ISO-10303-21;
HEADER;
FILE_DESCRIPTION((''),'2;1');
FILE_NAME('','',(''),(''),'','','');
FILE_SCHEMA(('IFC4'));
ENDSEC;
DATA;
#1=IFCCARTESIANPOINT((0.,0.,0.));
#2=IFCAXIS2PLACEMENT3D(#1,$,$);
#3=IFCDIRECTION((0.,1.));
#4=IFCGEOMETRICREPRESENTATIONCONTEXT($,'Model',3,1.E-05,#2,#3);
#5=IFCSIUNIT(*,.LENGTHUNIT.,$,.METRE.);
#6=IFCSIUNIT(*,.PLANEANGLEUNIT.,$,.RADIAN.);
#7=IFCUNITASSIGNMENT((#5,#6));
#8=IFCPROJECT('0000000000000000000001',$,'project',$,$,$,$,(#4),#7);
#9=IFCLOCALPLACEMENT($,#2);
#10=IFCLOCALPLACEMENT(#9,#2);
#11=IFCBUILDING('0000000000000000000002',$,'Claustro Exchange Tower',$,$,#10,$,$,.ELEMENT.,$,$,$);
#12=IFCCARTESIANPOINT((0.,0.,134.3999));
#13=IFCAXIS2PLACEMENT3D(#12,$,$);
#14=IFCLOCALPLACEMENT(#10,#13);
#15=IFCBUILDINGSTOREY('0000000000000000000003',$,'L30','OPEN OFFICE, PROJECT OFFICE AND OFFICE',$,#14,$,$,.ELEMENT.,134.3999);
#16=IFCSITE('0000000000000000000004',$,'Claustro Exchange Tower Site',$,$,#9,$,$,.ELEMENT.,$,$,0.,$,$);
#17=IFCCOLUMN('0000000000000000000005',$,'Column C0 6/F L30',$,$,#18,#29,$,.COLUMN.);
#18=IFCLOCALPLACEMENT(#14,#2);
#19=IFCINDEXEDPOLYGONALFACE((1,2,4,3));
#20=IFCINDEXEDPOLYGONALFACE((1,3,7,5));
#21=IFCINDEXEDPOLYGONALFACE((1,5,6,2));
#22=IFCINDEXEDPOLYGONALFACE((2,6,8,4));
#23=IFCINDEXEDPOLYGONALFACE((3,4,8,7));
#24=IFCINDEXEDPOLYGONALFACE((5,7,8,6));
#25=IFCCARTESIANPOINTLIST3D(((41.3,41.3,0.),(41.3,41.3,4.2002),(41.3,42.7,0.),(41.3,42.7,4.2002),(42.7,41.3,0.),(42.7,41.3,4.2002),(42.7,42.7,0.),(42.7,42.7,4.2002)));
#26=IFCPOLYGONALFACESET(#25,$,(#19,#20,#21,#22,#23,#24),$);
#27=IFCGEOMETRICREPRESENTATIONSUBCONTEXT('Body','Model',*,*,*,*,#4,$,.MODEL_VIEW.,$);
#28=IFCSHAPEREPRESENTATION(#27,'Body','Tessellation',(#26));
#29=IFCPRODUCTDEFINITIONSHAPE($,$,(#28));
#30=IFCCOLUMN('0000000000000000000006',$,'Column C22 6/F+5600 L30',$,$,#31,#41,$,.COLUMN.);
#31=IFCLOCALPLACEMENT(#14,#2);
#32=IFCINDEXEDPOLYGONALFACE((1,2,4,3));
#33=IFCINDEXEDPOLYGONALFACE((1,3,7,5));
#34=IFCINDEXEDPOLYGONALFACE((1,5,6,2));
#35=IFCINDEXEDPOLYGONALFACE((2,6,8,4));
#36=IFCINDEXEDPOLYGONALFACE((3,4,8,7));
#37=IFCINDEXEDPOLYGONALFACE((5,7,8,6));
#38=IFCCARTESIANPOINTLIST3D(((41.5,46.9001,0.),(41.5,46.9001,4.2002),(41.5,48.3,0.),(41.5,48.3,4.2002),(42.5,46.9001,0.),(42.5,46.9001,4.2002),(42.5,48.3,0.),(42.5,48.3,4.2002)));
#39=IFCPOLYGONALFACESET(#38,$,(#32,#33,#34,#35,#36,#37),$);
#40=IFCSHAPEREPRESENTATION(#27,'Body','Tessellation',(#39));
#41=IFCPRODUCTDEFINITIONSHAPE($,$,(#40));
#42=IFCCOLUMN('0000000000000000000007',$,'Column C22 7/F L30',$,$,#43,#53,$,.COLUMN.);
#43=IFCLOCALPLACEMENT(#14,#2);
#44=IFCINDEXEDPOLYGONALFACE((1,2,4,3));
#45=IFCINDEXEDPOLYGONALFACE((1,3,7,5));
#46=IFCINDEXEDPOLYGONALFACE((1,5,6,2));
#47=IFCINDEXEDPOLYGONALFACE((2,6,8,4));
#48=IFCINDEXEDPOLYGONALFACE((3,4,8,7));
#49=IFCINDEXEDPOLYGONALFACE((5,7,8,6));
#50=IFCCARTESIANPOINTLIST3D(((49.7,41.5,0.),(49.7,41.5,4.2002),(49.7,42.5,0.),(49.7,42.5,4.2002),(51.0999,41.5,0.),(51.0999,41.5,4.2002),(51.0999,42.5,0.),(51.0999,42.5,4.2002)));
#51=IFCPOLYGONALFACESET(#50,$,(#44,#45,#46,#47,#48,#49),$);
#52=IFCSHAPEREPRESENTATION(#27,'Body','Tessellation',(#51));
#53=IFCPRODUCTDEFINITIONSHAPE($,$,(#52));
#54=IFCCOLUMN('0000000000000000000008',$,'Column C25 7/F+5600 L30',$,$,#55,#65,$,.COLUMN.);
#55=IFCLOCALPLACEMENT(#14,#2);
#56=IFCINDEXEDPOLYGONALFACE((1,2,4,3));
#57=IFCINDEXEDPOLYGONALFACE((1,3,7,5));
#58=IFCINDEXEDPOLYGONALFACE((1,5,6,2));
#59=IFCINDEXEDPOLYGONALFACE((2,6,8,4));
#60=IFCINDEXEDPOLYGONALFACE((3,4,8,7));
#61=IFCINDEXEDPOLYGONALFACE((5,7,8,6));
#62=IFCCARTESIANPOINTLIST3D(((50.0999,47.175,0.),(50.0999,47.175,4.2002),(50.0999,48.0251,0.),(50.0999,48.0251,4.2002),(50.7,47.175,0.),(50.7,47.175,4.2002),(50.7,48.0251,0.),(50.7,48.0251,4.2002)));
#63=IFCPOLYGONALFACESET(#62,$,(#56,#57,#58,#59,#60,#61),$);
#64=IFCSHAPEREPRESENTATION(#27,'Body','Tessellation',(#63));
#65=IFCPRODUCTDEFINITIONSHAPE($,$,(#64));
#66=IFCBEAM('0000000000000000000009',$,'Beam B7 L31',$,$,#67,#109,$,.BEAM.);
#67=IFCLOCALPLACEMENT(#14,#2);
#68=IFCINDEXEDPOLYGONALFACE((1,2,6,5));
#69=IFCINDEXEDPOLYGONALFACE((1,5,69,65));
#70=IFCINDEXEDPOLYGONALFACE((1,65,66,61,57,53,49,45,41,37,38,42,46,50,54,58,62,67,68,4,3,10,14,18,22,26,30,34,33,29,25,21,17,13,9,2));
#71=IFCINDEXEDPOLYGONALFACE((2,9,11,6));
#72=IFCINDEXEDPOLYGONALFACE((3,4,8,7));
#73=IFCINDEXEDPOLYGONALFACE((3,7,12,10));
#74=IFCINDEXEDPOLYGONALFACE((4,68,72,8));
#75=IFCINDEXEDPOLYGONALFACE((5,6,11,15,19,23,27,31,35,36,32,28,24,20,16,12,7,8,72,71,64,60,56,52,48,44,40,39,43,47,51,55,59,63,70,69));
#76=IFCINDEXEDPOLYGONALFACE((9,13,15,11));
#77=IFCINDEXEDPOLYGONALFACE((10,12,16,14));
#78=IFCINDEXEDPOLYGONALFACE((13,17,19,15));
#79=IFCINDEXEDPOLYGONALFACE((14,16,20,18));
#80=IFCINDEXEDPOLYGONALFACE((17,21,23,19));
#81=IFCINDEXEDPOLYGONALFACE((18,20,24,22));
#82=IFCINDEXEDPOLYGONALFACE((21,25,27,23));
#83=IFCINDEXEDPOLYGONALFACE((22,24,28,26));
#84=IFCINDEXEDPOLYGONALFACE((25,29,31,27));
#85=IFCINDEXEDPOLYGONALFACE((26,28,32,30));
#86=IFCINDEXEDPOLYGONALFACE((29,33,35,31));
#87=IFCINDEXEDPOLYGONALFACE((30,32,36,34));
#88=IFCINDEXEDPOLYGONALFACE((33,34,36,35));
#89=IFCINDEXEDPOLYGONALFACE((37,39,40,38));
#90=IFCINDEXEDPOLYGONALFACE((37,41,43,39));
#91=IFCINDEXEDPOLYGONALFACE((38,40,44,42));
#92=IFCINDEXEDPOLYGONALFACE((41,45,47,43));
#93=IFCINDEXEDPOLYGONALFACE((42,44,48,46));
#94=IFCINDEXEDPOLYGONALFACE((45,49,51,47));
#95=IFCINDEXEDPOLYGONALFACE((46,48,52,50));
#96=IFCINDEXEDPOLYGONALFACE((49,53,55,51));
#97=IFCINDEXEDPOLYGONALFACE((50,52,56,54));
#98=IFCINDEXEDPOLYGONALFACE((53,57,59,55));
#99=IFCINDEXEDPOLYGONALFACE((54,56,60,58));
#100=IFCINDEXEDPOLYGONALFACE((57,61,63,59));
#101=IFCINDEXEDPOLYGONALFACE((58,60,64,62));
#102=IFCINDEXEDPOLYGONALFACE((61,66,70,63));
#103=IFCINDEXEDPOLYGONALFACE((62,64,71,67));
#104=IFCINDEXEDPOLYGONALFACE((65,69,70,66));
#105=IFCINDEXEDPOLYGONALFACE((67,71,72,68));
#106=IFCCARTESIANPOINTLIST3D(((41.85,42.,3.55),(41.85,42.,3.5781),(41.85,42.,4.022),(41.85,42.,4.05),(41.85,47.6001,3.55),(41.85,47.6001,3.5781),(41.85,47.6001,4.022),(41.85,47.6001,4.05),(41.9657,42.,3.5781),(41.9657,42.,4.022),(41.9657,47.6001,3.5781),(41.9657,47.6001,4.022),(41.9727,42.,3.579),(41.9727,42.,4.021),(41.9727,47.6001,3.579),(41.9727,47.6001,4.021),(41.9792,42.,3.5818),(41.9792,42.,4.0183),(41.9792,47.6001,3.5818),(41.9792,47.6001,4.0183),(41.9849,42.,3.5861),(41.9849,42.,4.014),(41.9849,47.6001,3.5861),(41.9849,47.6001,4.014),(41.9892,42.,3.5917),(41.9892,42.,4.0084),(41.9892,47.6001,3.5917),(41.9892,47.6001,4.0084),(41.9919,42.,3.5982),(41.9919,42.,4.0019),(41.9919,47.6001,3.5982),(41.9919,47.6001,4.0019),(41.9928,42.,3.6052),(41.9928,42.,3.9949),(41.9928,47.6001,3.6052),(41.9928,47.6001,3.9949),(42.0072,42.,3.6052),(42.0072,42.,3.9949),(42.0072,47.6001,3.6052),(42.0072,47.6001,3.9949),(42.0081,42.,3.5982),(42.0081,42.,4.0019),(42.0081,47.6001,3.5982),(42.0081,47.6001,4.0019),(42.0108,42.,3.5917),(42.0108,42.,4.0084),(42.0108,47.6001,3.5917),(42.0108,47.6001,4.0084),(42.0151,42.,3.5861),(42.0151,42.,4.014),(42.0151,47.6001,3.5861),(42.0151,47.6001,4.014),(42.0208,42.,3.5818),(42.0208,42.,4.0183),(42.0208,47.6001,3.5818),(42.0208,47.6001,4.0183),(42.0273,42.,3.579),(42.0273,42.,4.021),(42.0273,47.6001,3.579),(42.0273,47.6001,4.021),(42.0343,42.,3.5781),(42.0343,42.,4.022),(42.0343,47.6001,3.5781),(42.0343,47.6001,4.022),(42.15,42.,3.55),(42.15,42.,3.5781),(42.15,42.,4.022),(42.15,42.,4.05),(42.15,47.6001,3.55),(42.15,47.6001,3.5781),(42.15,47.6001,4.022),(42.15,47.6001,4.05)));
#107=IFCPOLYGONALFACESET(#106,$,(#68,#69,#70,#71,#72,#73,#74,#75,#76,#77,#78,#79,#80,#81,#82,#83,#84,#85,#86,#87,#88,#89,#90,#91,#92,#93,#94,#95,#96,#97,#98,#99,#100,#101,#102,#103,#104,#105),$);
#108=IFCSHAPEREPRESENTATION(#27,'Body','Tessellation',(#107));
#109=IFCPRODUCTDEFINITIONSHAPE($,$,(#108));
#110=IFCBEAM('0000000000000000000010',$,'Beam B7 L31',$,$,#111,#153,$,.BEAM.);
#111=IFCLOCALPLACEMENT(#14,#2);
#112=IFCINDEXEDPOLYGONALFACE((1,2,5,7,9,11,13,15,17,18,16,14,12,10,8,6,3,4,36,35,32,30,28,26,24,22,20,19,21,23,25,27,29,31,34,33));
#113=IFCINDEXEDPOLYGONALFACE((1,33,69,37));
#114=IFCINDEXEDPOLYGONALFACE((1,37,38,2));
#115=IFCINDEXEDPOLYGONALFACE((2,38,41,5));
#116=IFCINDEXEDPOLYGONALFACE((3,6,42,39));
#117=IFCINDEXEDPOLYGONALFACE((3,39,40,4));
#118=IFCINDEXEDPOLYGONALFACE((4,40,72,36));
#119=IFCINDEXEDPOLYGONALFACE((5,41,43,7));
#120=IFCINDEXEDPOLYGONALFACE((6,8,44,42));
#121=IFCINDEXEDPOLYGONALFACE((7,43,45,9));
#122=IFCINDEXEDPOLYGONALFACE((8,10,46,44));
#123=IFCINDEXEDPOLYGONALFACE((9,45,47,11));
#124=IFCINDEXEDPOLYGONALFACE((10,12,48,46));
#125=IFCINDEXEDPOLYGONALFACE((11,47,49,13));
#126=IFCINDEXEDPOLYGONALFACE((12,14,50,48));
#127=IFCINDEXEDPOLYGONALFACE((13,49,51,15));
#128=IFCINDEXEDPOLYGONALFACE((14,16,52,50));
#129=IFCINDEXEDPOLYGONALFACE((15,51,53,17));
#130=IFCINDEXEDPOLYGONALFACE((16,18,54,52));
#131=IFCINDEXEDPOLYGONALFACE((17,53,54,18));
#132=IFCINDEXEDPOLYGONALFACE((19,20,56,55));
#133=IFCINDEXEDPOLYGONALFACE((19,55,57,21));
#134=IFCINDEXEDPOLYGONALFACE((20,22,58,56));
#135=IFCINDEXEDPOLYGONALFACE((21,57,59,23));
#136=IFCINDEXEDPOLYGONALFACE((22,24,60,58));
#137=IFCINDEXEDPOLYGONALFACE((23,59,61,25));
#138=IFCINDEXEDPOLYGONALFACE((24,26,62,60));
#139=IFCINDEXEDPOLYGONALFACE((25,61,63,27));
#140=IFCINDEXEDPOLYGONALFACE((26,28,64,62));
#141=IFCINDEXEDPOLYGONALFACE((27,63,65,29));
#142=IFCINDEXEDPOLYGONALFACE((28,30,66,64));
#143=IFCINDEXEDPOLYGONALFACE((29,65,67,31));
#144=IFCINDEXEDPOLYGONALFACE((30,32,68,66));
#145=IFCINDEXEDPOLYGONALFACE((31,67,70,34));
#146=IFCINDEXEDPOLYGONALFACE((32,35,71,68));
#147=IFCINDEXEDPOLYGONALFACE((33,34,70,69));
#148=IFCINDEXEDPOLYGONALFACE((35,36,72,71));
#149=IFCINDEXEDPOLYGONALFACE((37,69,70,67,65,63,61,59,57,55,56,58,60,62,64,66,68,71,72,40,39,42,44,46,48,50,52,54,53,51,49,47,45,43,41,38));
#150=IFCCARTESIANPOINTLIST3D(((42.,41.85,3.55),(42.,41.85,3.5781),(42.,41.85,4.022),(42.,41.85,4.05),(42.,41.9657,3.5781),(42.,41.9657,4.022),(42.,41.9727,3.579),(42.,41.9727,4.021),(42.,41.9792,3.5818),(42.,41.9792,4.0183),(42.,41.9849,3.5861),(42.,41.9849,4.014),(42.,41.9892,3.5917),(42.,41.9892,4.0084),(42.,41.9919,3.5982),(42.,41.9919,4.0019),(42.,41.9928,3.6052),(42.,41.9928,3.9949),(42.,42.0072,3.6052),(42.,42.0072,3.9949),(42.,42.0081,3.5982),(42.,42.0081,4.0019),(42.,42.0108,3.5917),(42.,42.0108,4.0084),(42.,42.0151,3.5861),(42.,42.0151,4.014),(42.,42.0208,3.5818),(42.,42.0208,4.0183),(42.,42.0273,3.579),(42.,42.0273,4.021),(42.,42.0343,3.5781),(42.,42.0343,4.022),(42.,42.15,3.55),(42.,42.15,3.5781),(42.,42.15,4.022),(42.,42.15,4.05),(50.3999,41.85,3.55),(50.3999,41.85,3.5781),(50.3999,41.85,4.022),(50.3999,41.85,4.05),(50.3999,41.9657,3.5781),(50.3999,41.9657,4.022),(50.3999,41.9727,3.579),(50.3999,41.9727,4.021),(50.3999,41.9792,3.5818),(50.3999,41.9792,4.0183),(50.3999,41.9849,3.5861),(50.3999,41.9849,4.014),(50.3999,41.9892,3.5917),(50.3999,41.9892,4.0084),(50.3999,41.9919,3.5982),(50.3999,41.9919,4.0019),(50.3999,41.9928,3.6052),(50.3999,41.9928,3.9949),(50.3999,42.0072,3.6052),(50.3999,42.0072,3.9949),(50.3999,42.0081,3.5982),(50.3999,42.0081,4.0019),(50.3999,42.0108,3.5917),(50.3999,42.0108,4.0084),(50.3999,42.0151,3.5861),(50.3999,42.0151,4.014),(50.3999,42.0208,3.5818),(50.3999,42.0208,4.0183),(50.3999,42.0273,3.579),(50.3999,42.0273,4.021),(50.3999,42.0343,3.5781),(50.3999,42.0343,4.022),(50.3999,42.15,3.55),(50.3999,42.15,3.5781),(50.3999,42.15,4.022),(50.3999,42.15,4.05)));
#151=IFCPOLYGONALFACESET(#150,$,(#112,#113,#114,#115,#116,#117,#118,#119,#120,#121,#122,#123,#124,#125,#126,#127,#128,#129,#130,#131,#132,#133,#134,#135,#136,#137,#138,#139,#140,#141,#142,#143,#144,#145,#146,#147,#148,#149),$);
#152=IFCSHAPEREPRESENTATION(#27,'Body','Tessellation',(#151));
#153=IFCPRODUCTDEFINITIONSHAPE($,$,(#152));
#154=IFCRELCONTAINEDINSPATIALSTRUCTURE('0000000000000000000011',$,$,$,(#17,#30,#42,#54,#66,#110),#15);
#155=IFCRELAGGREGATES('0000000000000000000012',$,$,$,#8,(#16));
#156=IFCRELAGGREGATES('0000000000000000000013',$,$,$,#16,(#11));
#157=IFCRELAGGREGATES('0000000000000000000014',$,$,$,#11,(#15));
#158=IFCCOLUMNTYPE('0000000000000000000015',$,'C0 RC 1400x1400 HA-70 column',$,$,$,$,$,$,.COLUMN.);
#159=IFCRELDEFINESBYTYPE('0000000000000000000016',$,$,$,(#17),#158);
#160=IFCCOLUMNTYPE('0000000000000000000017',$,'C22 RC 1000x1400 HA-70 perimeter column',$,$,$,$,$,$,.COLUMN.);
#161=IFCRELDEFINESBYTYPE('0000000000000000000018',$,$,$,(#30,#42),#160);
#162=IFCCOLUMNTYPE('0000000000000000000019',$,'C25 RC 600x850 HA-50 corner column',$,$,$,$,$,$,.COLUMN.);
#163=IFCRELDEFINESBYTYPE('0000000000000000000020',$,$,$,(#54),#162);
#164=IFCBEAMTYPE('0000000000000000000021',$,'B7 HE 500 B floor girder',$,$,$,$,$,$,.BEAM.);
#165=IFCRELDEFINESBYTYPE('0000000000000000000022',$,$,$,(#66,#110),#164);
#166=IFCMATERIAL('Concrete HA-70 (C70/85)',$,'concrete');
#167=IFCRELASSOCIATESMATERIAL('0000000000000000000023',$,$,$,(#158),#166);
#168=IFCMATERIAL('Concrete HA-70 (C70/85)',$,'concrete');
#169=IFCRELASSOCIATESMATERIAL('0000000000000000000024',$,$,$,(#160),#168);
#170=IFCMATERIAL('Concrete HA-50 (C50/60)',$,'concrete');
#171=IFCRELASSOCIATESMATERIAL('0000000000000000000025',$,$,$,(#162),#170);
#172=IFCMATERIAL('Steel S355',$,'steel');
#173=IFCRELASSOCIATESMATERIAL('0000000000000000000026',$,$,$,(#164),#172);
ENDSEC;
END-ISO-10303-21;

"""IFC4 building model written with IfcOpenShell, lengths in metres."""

from ifc_helpers import new_model, si_unit, direction, frame, origin, origin_2d, place, context, subcontext, project, spatial, rectangle, i_section, extrude, material, material_profile, profile_set, type_object, element, save


model = new_model("IFC4")

# Units and contexts
model_context = context("Model", 3, precision=1e-05, world=origin(), true_north=direction((0.0, 1.0)))
body_context = subcontext(model_context, "Body", "Model", "MODEL_VIEW")
ifc_project = project(units=[si_unit("LENGTHUNIT", "METRE"), si_unit("PLANEANGLEUNIT", "RADIAN")], contexts=[model_context])

# Site, building, storey
site_placement = place(None, origin())
site = spatial("IfcSite", under=ifc_project, at=site_placement, Name="Claustro Exchange Tower Site", CompositionType="ELEMENT", RefElevation=0.0)
building_placement = place(site_placement, origin())
building = spatial("IfcBuilding", under=site, at=building_placement, Name="Claustro Exchange Tower", CompositionType="ELEMENT")
storey_placement = place(building_placement, frame((0.0, 0.0, 134.3999)))
storey = spatial("IfcBuildingStorey", under=building, at=storey_placement, Name="L30", Description="OPEN OFFICE, PROJECT OFFICE AND OFFICE", CompositionType="ELEMENT", Elevation=134.3999)

# Columns
ifc_material_1 = material(Name="Concrete HA-70 (C70/85)", Category="concrete")
ifc_material_profile_1 = material_profile(ifc_material_1, rectangle(XDim=1.3999, YDim=1.3999, at=origin_2d()), Name="RC 1400x1400")
ifc_profile_set_1 = profile_set([ifc_material_profile_1], Name="Concrete HA-70 (C70/85)")
column_type_1 = type_object("IfcColumnType", Name="C0 RC 1400x1400 HA-70 column", PredefinedType="COLUMN", material=ifc_profile_set_1)
column_1_placement = place(storey_placement, frame((42.0, 42.0, 0.0), z_axis=(0.0, 0.0, 1.0), x_axis=(1.0, 0.0, 0.0)))
element("IfcColumn", 1, at=column_1_placement, inside=storey, type_object=column_type_1, Name="Column C0 6/F L30", PredefinedType="COLUMN", context=body_context, shape_type="SweptSolid", body=[
    extrude(rectangle(XDim=1.3999, YDim=1.3999, at=origin_2d()), origin(), (0.0, 0.0, 1.0), 4.2002),
])
ifc_material_2 = material(Name="Concrete HA-70 (C70/85)", Category="concrete")
ifc_material_profile_2 = material_profile(ifc_material_2, rectangle(XDim=1.0, YDim=1.3999, at=origin_2d()), Name="RC 1000x1400")
ifc_profile_set_2 = profile_set([ifc_material_profile_2], Name="Concrete HA-70 (C70/85)")
column_type_2 = type_object("IfcColumnType", Name="C22 RC 1000x1400 HA-70 perimeter column", PredefinedType="COLUMN", material=ifc_profile_set_2)
for number, where, z_axis, x_axis, name in (
    (2, (42.0, 47.6001, 0.0), (0.0, 0.0, 1.0), (1.0, 0.0, 0.0), "Column C22 6/F+5600 L30"),
    (3, (50.3999, 42.0, 0.0), (0.0, 0.0, 1.0), (0.0, 1.0, 0.0), "Column C22 7/F L30"),
):
    element("IfcColumn", number, at=place(storey_placement, frame(where, z_axis=z_axis, x_axis=x_axis)), inside=storey, type_object=column_type_2, Name=name, PredefinedType="COLUMN", context=body_context, shape_type="SweptSolid", body=[
        extrude(rectangle(XDim=1.0, YDim=1.3999, at=origin_2d()), origin(), (0.0, 0.0, 1.0), 4.2002),
    ])
ifc_material_3 = material(Name="Concrete HA-50 (C50/60)", Category="concrete")
ifc_material_profile_3 = material_profile(ifc_material_3, rectangle(XDim=0.6001, YDim=0.8501, at=origin_2d()), Name="RC 600x850")
ifc_profile_set_3 = profile_set([ifc_material_profile_3], Name="Concrete HA-50 (C50/60)")
column_type_3 = type_object("IfcColumnType", Name="C25 RC 600x850 HA-50 corner column", PredefinedType="COLUMN", material=ifc_profile_set_3)
column_2_placement = place(storey_placement, frame((50.3999, 47.6001, 0.0), z_axis=(0.0, 0.0, 1.0), x_axis=(1.0, 0.0, 0.0)))
element("IfcColumn", 4, at=column_2_placement, inside=storey, type_object=column_type_3, Name="Column C25 7/F+5600 L30", PredefinedType="COLUMN", context=body_context, shape_type="SweptSolid", body=[
    extrude(rectangle(XDim=0.6001, YDim=0.8501, at=origin_2d()), origin(), (0.0, 0.0, 1.0), 4.2002),
])

# Beams
ifc_material_4 = material(Name="Steel S355", Category="steel")
ifc_material_profile_4 = material_profile(ifc_material_4, i_section(OverallWidth=0.3, OverallDepth=0.5, WebThickness=0.0144, FlangeThickness=0.0281, FilletRadius=0.0271, at=origin_2d()), Name="HE 500 B")
ifc_profile_set_4 = profile_set([ifc_material_profile_4], Name="Steel S355")
beam_type_1 = type_object("IfcBeamType", Name="B7 HE 500 B floor girder", PredefinedType="BEAM", material=ifc_profile_set_4)
beam_1_placement = place(storey_placement, frame((42.0, 42.0, 3.8), z_axis=(0.0, 1.0, 0.0), x_axis=(-1.0, 0.0, 0.0)))
element("IfcBeam", 5, at=beam_1_placement, inside=storey, type_object=beam_type_1, Name="Beam B7 L31", PredefinedType="BEAM", context=body_context, shape_type="SweptSolid", body=[
    extrude(i_section(OverallWidth=0.3, OverallDepth=0.5, WebThickness=0.0144, FlangeThickness=0.0281, FilletRadius=0.0271, at=origin_2d()), origin(), (0.0, 0.0, 1.0), 5.6001),
])
beam_2_placement = place(storey_placement, frame((42.0, 42.0, 3.8), z_axis=(1.0, 0.0, 0.0), x_axis=(0.0, 1.0, 0.0)))
element("IfcBeam", 6, at=beam_2_placement, inside=storey, type_object=beam_type_1, Name="Beam B7 L31", PredefinedType="BEAM", context=body_context, shape_type="SweptSolid", body=[
    extrude(i_section(OverallWidth=0.3, OverallDepth=0.5, WebThickness=0.0144, FlangeThickness=0.0281, FilletRadius=0.0271, at=origin_2d()), origin(), (0.0, 0.0, 1.0), 8.3999),
])

save(model, "model.ifc")
